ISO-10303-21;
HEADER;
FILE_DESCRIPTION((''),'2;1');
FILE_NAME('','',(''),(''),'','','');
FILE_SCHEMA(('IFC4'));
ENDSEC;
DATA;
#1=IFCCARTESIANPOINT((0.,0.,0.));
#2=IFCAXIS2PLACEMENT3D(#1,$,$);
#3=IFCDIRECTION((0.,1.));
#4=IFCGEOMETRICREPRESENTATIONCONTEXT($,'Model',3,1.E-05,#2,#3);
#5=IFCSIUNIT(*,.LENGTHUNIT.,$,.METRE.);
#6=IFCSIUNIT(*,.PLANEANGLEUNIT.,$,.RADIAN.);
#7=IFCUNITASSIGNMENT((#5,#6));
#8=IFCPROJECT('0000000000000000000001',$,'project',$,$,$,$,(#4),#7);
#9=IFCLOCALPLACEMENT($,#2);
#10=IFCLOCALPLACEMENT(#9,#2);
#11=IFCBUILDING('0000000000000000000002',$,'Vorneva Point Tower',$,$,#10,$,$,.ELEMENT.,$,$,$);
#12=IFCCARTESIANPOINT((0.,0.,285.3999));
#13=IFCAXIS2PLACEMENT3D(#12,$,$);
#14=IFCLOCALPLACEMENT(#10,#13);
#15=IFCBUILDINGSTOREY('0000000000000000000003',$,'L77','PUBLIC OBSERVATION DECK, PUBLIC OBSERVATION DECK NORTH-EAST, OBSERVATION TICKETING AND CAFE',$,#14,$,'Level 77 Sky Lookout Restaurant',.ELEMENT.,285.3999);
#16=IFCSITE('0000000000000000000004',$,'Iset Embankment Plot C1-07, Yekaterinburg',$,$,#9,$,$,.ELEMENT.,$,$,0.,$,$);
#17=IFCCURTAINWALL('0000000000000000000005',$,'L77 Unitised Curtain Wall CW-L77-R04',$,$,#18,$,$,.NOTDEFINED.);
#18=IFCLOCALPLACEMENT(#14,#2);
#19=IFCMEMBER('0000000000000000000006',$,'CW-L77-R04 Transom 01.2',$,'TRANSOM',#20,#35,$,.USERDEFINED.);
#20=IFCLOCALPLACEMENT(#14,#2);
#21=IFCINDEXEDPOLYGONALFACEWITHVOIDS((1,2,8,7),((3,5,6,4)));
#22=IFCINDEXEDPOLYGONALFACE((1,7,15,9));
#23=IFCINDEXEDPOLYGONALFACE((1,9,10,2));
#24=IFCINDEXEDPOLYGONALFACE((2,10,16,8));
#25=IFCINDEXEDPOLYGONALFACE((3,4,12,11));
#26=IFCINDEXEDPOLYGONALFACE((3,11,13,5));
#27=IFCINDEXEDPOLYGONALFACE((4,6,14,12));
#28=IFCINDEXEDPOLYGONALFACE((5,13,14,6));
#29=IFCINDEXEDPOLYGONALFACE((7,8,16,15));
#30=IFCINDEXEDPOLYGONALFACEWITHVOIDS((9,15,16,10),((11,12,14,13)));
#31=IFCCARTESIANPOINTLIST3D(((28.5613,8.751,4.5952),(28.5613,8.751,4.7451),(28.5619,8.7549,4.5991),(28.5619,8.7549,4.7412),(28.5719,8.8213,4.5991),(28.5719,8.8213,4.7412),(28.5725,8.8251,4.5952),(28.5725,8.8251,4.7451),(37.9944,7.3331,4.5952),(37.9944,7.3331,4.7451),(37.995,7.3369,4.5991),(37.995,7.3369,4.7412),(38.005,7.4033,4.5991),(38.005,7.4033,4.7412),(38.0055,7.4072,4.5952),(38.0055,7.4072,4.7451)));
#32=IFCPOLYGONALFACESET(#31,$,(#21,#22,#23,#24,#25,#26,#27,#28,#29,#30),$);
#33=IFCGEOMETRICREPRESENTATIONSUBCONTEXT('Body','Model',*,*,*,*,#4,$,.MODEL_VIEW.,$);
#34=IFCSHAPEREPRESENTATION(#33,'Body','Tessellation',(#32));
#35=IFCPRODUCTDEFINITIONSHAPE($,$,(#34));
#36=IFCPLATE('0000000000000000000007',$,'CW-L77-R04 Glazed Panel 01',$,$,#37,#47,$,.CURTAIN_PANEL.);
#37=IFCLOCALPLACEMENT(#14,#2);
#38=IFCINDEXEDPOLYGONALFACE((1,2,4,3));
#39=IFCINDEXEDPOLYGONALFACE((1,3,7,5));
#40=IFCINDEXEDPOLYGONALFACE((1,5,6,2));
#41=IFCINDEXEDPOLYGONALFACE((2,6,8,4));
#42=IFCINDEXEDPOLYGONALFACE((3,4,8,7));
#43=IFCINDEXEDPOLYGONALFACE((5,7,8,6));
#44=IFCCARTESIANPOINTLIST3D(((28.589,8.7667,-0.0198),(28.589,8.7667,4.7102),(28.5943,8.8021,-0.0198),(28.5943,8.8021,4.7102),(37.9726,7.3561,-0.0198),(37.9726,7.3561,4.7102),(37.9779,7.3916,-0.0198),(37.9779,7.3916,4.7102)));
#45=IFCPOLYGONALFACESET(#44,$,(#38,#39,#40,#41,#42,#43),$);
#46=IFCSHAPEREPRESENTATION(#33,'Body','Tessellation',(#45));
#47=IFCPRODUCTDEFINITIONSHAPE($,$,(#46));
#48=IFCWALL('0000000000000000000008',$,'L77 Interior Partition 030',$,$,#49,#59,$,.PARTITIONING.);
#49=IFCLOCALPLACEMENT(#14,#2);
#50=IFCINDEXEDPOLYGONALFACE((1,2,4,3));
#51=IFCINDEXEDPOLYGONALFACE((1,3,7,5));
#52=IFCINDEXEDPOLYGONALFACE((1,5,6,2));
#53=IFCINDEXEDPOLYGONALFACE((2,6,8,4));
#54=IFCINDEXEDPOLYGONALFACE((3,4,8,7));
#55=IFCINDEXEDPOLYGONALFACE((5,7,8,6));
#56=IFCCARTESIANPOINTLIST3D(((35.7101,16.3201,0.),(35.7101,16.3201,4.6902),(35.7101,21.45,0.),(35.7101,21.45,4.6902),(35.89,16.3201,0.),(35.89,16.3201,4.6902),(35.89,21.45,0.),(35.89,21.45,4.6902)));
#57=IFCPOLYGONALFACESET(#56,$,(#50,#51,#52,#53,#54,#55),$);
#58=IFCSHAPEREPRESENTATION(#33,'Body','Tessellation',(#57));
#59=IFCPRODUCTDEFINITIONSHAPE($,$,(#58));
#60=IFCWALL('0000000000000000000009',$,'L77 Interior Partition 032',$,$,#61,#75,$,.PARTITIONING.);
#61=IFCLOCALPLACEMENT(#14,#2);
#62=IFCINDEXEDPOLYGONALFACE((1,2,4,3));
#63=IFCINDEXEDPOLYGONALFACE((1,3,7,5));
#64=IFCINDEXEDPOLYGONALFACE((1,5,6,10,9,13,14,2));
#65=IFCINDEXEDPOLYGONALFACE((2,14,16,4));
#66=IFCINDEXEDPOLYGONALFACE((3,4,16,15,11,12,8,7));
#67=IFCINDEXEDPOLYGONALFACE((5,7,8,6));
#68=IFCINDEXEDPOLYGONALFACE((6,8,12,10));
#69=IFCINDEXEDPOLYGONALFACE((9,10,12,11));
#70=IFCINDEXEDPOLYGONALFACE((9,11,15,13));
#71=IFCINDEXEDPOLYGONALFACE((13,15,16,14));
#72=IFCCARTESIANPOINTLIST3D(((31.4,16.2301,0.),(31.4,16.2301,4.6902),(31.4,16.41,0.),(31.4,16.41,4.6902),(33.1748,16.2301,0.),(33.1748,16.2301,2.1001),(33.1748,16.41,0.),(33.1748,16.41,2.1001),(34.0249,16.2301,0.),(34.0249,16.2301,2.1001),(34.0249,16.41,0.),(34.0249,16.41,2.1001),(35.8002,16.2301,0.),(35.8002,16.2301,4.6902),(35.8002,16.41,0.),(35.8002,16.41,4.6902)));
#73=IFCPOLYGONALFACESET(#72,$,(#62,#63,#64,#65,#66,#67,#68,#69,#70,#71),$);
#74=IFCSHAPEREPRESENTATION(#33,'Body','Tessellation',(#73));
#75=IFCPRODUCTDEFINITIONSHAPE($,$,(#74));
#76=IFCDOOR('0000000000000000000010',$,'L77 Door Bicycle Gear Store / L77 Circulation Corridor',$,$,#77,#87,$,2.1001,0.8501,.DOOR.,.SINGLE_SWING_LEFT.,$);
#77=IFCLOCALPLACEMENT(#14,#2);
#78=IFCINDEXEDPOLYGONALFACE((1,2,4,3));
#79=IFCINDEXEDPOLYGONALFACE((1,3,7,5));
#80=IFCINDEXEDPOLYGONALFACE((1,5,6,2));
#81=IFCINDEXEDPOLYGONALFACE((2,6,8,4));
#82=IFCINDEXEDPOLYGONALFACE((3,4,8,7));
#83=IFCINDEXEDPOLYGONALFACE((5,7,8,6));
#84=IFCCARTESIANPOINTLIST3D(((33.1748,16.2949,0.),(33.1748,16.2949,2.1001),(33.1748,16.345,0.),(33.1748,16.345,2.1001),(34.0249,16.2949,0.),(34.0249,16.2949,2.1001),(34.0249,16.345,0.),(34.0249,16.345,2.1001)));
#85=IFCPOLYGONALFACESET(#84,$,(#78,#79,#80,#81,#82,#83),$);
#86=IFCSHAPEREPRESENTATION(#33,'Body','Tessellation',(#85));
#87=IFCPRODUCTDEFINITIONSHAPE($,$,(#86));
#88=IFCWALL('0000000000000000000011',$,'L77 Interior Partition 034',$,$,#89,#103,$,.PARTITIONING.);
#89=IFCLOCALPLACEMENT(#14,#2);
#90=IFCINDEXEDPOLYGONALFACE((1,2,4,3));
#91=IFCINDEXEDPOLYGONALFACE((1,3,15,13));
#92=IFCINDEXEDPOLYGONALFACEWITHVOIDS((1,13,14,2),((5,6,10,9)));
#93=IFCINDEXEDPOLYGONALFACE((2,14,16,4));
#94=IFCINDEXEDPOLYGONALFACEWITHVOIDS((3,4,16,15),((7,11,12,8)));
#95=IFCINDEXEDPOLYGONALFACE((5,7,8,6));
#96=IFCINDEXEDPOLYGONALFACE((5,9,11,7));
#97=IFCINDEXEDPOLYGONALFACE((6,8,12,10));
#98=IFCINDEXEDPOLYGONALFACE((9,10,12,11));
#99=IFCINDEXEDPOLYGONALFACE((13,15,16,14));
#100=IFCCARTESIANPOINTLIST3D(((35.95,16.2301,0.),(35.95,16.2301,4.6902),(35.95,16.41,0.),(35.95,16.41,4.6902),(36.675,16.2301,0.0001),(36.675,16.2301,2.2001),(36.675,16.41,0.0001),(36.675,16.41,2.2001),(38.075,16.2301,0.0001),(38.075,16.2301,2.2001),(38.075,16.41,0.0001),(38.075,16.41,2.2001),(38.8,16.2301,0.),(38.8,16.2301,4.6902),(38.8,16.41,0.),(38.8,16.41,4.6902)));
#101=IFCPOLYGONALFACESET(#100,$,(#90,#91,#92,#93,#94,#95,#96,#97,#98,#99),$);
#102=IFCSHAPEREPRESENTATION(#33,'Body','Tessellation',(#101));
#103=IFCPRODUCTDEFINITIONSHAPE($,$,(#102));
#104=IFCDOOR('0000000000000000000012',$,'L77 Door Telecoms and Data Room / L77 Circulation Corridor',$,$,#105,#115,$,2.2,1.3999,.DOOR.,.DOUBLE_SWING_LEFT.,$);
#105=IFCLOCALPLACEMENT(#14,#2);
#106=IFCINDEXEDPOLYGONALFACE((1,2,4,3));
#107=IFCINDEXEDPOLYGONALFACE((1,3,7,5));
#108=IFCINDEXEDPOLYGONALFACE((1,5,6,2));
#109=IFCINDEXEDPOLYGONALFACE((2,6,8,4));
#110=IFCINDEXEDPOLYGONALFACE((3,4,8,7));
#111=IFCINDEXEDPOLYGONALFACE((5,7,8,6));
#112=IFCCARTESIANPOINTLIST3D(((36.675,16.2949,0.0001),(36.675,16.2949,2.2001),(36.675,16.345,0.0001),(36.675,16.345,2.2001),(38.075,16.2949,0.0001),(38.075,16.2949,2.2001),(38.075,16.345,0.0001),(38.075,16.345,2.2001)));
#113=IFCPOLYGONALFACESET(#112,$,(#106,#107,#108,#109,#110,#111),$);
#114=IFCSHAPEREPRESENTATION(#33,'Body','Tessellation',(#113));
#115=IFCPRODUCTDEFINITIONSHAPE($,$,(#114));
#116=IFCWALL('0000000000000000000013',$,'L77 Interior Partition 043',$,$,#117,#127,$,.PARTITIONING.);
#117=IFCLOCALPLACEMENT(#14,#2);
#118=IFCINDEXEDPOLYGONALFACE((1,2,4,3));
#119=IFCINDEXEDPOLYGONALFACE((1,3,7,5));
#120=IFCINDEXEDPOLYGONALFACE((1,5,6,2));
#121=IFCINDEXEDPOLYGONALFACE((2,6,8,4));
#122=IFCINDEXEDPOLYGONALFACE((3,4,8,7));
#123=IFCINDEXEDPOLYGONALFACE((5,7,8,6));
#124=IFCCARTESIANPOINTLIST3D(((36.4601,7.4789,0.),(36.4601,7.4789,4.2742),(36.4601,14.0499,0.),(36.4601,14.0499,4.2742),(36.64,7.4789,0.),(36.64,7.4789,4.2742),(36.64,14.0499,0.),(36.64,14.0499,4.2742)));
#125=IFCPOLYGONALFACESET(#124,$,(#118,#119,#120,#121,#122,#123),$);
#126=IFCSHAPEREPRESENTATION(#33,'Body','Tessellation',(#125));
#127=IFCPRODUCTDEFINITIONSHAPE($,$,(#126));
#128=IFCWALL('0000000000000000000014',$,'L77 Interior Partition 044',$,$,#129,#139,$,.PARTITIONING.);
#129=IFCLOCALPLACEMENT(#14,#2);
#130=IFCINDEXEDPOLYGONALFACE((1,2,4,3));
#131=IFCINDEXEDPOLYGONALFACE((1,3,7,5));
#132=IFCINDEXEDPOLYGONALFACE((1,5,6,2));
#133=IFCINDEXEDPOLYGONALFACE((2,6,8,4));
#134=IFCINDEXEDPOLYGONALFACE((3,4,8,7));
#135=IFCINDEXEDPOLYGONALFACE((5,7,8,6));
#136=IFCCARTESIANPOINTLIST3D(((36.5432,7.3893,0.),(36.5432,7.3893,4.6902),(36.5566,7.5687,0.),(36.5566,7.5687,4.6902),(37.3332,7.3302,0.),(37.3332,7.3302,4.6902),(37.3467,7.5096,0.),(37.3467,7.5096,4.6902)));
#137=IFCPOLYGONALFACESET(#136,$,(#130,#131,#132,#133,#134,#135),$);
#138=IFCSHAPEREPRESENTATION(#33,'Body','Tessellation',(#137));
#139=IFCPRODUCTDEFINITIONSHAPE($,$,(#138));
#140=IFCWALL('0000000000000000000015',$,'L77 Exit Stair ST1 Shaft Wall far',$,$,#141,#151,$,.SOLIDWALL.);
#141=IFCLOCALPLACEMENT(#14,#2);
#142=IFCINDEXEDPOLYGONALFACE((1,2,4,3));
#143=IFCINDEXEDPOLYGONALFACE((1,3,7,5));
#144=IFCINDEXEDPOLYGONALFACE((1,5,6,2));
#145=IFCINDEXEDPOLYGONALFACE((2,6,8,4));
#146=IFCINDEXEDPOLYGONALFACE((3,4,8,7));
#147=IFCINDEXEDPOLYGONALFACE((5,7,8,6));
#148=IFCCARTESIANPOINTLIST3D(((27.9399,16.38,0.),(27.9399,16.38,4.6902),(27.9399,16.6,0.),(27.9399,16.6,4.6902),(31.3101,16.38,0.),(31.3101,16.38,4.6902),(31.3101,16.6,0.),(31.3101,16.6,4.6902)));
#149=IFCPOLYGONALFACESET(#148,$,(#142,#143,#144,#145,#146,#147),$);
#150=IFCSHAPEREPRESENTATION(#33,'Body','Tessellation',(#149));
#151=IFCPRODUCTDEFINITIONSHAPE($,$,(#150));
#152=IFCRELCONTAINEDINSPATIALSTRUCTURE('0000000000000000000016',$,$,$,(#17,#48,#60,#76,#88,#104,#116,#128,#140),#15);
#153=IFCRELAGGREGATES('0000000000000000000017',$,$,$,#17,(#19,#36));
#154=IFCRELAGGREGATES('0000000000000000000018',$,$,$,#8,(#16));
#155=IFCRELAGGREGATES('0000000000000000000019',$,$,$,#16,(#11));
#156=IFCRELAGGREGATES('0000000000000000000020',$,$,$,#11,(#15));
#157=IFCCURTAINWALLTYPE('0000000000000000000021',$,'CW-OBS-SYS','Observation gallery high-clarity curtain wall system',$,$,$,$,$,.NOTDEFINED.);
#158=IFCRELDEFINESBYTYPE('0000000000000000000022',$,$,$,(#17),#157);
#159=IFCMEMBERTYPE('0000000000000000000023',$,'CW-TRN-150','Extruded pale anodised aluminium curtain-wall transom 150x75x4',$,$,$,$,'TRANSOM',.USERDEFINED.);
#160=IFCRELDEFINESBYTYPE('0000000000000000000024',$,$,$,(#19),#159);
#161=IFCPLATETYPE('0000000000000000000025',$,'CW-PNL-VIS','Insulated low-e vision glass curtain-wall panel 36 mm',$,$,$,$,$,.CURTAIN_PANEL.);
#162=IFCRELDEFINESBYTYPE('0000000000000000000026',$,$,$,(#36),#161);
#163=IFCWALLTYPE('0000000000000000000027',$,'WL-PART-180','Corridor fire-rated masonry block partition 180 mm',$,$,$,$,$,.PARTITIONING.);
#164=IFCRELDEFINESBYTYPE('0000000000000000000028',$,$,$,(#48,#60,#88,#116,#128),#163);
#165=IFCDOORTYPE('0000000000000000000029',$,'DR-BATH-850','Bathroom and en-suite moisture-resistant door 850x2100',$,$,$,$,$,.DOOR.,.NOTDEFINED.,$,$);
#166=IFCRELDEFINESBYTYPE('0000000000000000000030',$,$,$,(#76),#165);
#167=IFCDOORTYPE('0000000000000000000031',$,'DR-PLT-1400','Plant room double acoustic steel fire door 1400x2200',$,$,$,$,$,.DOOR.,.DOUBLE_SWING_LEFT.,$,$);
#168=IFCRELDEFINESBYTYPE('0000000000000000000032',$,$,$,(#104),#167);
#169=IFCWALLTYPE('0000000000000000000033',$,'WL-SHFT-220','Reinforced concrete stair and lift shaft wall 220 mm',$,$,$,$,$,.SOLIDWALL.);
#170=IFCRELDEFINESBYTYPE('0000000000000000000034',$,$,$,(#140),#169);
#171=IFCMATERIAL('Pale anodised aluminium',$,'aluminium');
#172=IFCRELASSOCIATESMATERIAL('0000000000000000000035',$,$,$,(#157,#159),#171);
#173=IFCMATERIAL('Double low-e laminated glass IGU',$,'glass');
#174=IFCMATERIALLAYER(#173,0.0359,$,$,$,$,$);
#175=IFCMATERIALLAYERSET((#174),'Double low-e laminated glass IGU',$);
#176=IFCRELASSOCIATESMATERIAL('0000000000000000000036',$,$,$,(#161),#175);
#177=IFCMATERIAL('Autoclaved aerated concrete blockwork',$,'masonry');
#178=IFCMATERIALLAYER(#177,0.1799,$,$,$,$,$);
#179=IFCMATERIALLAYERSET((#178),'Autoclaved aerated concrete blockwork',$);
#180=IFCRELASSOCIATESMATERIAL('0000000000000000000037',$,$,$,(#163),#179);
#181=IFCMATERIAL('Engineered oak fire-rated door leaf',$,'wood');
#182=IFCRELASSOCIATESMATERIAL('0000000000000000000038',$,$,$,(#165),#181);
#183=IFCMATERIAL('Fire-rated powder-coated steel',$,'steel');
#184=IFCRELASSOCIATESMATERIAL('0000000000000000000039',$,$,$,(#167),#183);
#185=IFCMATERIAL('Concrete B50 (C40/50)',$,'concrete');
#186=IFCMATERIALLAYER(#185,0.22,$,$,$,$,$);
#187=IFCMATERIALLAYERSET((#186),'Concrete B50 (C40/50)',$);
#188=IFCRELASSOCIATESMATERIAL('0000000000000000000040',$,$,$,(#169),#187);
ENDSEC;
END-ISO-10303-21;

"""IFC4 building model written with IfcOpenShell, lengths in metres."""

from ifc_helpers import new_model, si_unit, direction, frame, frame_2d, origin, origin_2d, place, context, subcontext, project, spatial, rectangle, hollow_rectangle, extrude, material, layer, layer_set, material_profile, profile_set, type_object, element, fill, aggregate, save


model = new_model("IFC4")

# Units and contexts
model_context = context("Model", 3, precision=1e-05, world=origin(), true_north=direction((0.0, 1.0)))
body_context = subcontext(model_context, "Body", "Model", "MODEL_VIEW")
ifc_project = project(units=[si_unit("LENGTHUNIT", "METRE"), si_unit("PLANEANGLEUNIT", "RADIAN")], contexts=[model_context])

# Site, building, storey
site_placement = place(None, origin())
site = spatial("IfcSite", under=ifc_project, at=site_placement, Name="Iset Embankment Plot C1-07, Yekaterinburg", CompositionType="ELEMENT", RefElevation=0.0)
building_placement = place(site_placement, origin())
building = spatial("IfcBuilding", under=site, at=building_placement, Name="Vorneva Point Tower", CompositionType="ELEMENT")
storey_placement = place(building_placement, frame((0.0, 0.0, 285.3999)))
storey = spatial("IfcBuildingStorey", under=building, at=storey_placement, Name="L77", Description="PUBLIC OBSERVATION DECK, PUBLIC OBSERVATION DECK NORTH-EAST, OBSERVATION TICKETING AND CAFE", LongName="Level 77 Sky Lookout Restaurant", CompositionType="ELEMENT", Elevation=285.3999)

# Shared definitions
ifc_material_1 = material(Name="Concrete B50 (C40/50)", Category="concrete")

# Curtain wall, member, plate
ifc_material_2 = material(Name="Pale anodised aluminium", Category="aluminium")
curtain_wall_type = type_object("IfcCurtainWallType", Name="CW-OBS-SYS", Description="Observation gallery high-clarity curtain wall system", PredefinedType="NOTDEFINED", material=ifc_material_2)
curtain_wall_placement = place(storey_placement, origin())
curtain_wall = element("IfcCurtainWall", 1, at=curtain_wall_placement, inside=storey, type_object=curtain_wall_type, Name="L77 Unitised Curtain Wall CW-L77-R04", PredefinedType="NOTDEFINED")
ifc_material_profile_1 = material_profile(ifc_material_2, hollow_rectangle(XDim=0.075, YDim=0.1499, WallThickness=0.0039, at=origin_2d()), Name="AL-TRN 150x75x4")
ifc_profile_set_1 = profile_set([ifc_material_profile_1], Name="Pale anodised aluminium")
member_type_1 = type_object("IfcMemberType", Name="CW-TRN-150", Description="Extruded pale anodised aluminium curtain-wall transom 150x75x4", ElementType="TRANSOM", PredefinedType="USERDEFINED", material=ifc_profile_set_1)
member_1_placement = place(storey_placement, frame((28.5669, 8.7881, 4.6702), z_axis=(0.98889, -0.148648, 0.0), x_axis=(0.148648, 0.98889, 0.0)))
member_1 = element("IfcMember", 2, at=member_1_placement, type_object=member_type_1, Name="CW-L77-R04 Transom 01.2", ObjectType="TRANSOM", PredefinedType="USERDEFINED", context=body_context, shape_type="SweptSolid", body=[
    extrude(hollow_rectangle(XDim=0.075, YDim=0.1499, WallThickness=0.0039, at=origin_2d()), origin(), (0.0, 0.0, 1.0), 9.5391),
])
ifc_material_3 = material(Name="Double low-e laminated glass IGU", Category="glass")
ifc_layer_1 = layer(ifc_material_3, 0.0359)
ifc_layer_set_1 = layer_set([ifc_layer_1], Name="Double low-e laminated glass IGU")
plate_type = type_object("IfcPlateType", Name="CW-PNL-VIS", Description="Insulated low-e vision glass curtain-wall panel 36 mm", PredefinedType="CURTAIN_PANEL", material=ifc_layer_set_1)
plate_placement = place(storey_placement, frame((33.2834, 8.0791, -0.0198), z_axis=(0.0, 0.0, 1.0), x_axis=(0.988889, -0.148655, 0.0)))
plate = element("IfcPlate", 3, at=plate_placement, type_object=plate_type, Name="CW-L77-R04 Glazed Panel 01", PredefinedType="CURTAIN_PANEL", context=body_context, shape_type="SweptSolid", body=[
    extrude(rectangle(XDim=9.489, YDim=0.0359, at=origin_2d()), origin(), (0.0, 0.0, 1.0), 4.73),
])
aggregate(curtain_wall, [member_1, plate])

# Wall
ifc_material_4 = material(Name="Autoclaved aerated concrete blockwork", Category="masonry")
ifc_layer_2 = layer(ifc_material_4, 0.1799)
ifc_layer_set_2 = layer_set([ifc_layer_2], Name="Autoclaved aerated concrete blockwork")
wall_type_1 = type_object("IfcWallType", Name="WL-PART-180", Description="Corridor fire-rated masonry block partition 180 mm", PredefinedType="PARTITIONING", material=ifc_layer_set_2)
wall_1_placement = place(storey_placement, frame((35.8, 16.3201, 0.0), z_axis=(0.0, 0.0, 1.0), x_axis=(0.0, 1.0, 0.0)))
element("IfcWall", 4, at=wall_1_placement, inside=storey, type_object=wall_type_1, Name="L77 Interior Partition 030", PredefinedType="PARTITIONING", context=body_context, shape_type="SweptSolid", body=[
    extrude(rectangle(XDim=5.1299, YDim=0.1799, at=frame_2d((2.5649, 0.0))), origin(), (0.0, 0.0, 1.0), 4.6902),
])

# Walls, openings, doors
wall_2_placement = place(storey_placement, frame((31.3999, 16.3201, 0.0), z_axis=(0.0, 0.0, 1.0), x_axis=(1.0, 0.0, 0.0)))
wall_2 = element("IfcWall", 5, at=wall_2_placement, inside=storey, type_object=wall_type_1, Name="L77 Interior Partition 032", PredefinedType="PARTITIONING", context=body_context, shape_type="SweptSolid", body=[
    extrude(rectangle(XDim=4.4001, YDim=0.1799, at=frame_2d((2.2002, 0.0))), origin(), (0.0, 0.0, 1.0), 4.6902),
])
opening_1_placement = place(wall_2_placement, frame((1.7749, 0.0, 0.0)))
opening_1 = element("IfcOpeningElement", 6, at=opening_1_placement, cuts=wall_2, PredefinedType="OPENING", context=body_context, shape_type="SweptSolid", body=[
    extrude(rectangle(XDim=0.8501, YDim=2.1001, at=frame_2d((0.425, 1.05))), frame((0.0, 0.105, 0.0), z_axis=(0.0, -1.0, 0.0), x_axis=(1.0, 0.0, 0.0)), (0.0, 0.0, 1.0), 0.2097),
])
ifc_material_5 = material(Name="Engineered oak fire-rated door leaf", Category="wood")
door_type_1 = type_object("IfcDoorType", Name="DR-BATH-850", Description="Bathroom and en-suite moisture-resistant door 850x2100", OperationType="NOTDEFINED", PredefinedType="DOOR", material=ifc_material_5)
door_1_placement = place(opening_1_placement, origin())
door_1 = element("IfcDoor", 7, at=door_1_placement, inside=storey, type_object=door_type_1, Name="L77 Door Bicycle Gear Store / L77 Circulation Corridor", OperationType="SINGLE_SWING_LEFT", OverallHeight=2.1001, OverallWidth=0.8501, PredefinedType="DOOR", context=body_context, shape_type="SweptSolid", body=[
    extrude(rectangle(XDim=0.8501, YDim=2.1001, at=frame_2d((0.425, 1.05))), frame((0.0, 0.0249, 0.0), z_axis=(0.0, -1.0, 0.0), x_axis=(1.0, 0.0, 0.0)), (0.0, 0.0, 1.0), 0.05),
])
fill(opening_1, door_1)
wall_3_placement = place(storey_placement, frame((35.95, 16.3201, 0.0), z_axis=(0.0, 0.0, 1.0), x_axis=(1.0, 0.0, 0.0)))
wall_3 = element("IfcWall", 8, at=wall_3_placement, inside=storey, type_object=wall_type_1, Name="L77 Interior Partition 034", PredefinedType="PARTITIONING", context=body_context, shape_type="SweptSolid", body=[
    extrude(rectangle(XDim=2.8501, YDim=0.1799, at=frame_2d((1.425, 0.0))), origin(), (0.0, 0.0, 1.0), 4.6902),
])
opening_2_placement = place(wall_3_placement, frame((0.7251, 0.0, 0.0)))
opening_2 = element("IfcOpeningElement", 9, at=opening_2_placement, cuts=wall_3, PredefinedType="OPENING", context=body_context, shape_type="SweptSolid", body=[
    extrude(rectangle(XDim=1.3999, YDim=2.2, at=frame_2d((0.7, 1.1001))), frame((0.0, 0.105, 0.0), z_axis=(0.0, -1.0, 0.0), x_axis=(1.0, 0.0, 0.0)), (0.0, 0.0, 1.0), 0.2097),
])
ifc_material_6 = material(Name="Fire-rated powder-coated steel", Category="steel")
door_type_2 = type_object("IfcDoorType", Name="DR-PLT-1400", Description="Plant room double acoustic steel fire door 1400x2200", OperationType="DOUBLE_SWING_LEFT", PredefinedType="DOOR", material=ifc_material_6)
door_2_placement = place(opening_2_placement, origin())
door_2 = element("IfcDoor", 10, at=door_2_placement, inside=storey, type_object=door_type_2, Name="L77 Door Telecoms and Data Room / L77 Circulation Corridor", OperationType="DOUBLE_SWING_LEFT", OverallHeight=2.2, OverallWidth=1.3999, PredefinedType="DOOR", context=body_context, shape_type="SweptSolid", body=[
    extrude(rectangle(XDim=1.3999, YDim=2.2, at=frame_2d((0.7, 1.1001))), frame((0.0, 0.0249, 0.0), z_axis=(0.0, -1.0, 0.0), x_axis=(1.0, 0.0, 0.0)), (0.0, 0.0, 1.0), 0.05),
])
fill(opening_2, door_2)

# Walls
wall_4_placement = place(storey_placement, frame((36.55, 14.05, 0.0), z_axis=(0.0, 0.0, 1.0), x_axis=(0.0, -1.0, 0.0)))
element("IfcWall", 11, at=wall_4_placement, inside=storey, type_object=wall_type_1, Name="L77 Interior Partition 043", PredefinedType="PARTITIONING", context=body_context, shape_type="SweptSolid", body=[
    extrude(rectangle(XDim=6.571, YDim=0.1799, at=frame_2d((3.2856, 0.0))), origin(), (0.0, 0.0, 1.0), 4.2742),
])
wall_5_placement = place(storey_placement, frame((36.55, 7.479, 0.0), z_axis=(0.0, 0.0, 1.0), x_axis=(0.997215, -0.074575, 0.0)))
element("IfcWall", 12, at=wall_5_placement, inside=storey, type_object=wall_type_1, Name="L77 Interior Partition 044", PredefinedType="PARTITIONING", context=body_context, shape_type="SweptSolid", body=[
    extrude(rectangle(XDim=0.7922, YDim=0.1799, at=frame_2d((0.396, 0.0))), origin(), (0.0, 0.0, 1.0), 4.6902),
])
ifc_layer_3 = layer(ifc_material_1, 0.22)
ifc_layer_set_3 = layer_set([ifc_layer_3], Name="Concrete B50 (C40/50)")
wall_type_2 = type_object("IfcWallType", Name="WL-SHFT-220", Description="Reinforced concrete stair and lift shaft wall 220 mm", PredefinedType="SOLIDWALL", material=ifc_layer_set_3)
wall_6_placement = place(storey_placement, frame((31.3101, 16.49, 0.0), z_axis=(0.0, 0.0, 1.0), x_axis=(-1.0, 0.0, 0.0)))
element("IfcWall", 13, at=wall_6_placement, inside=storey, type_object=wall_type_2, Name="L77 Exit Stair ST1 Shaft Wall far", PredefinedType="SOLIDWALL", context=body_context, shape_type="SweptSolid", body=[
    extrude(rectangle(XDim=3.3701, YDim=0.22, at=frame_2d((1.6851, 0.0))), origin(), (0.0, 0.0, 1.0), 4.6902),
])

save(model, "model.ifc")
